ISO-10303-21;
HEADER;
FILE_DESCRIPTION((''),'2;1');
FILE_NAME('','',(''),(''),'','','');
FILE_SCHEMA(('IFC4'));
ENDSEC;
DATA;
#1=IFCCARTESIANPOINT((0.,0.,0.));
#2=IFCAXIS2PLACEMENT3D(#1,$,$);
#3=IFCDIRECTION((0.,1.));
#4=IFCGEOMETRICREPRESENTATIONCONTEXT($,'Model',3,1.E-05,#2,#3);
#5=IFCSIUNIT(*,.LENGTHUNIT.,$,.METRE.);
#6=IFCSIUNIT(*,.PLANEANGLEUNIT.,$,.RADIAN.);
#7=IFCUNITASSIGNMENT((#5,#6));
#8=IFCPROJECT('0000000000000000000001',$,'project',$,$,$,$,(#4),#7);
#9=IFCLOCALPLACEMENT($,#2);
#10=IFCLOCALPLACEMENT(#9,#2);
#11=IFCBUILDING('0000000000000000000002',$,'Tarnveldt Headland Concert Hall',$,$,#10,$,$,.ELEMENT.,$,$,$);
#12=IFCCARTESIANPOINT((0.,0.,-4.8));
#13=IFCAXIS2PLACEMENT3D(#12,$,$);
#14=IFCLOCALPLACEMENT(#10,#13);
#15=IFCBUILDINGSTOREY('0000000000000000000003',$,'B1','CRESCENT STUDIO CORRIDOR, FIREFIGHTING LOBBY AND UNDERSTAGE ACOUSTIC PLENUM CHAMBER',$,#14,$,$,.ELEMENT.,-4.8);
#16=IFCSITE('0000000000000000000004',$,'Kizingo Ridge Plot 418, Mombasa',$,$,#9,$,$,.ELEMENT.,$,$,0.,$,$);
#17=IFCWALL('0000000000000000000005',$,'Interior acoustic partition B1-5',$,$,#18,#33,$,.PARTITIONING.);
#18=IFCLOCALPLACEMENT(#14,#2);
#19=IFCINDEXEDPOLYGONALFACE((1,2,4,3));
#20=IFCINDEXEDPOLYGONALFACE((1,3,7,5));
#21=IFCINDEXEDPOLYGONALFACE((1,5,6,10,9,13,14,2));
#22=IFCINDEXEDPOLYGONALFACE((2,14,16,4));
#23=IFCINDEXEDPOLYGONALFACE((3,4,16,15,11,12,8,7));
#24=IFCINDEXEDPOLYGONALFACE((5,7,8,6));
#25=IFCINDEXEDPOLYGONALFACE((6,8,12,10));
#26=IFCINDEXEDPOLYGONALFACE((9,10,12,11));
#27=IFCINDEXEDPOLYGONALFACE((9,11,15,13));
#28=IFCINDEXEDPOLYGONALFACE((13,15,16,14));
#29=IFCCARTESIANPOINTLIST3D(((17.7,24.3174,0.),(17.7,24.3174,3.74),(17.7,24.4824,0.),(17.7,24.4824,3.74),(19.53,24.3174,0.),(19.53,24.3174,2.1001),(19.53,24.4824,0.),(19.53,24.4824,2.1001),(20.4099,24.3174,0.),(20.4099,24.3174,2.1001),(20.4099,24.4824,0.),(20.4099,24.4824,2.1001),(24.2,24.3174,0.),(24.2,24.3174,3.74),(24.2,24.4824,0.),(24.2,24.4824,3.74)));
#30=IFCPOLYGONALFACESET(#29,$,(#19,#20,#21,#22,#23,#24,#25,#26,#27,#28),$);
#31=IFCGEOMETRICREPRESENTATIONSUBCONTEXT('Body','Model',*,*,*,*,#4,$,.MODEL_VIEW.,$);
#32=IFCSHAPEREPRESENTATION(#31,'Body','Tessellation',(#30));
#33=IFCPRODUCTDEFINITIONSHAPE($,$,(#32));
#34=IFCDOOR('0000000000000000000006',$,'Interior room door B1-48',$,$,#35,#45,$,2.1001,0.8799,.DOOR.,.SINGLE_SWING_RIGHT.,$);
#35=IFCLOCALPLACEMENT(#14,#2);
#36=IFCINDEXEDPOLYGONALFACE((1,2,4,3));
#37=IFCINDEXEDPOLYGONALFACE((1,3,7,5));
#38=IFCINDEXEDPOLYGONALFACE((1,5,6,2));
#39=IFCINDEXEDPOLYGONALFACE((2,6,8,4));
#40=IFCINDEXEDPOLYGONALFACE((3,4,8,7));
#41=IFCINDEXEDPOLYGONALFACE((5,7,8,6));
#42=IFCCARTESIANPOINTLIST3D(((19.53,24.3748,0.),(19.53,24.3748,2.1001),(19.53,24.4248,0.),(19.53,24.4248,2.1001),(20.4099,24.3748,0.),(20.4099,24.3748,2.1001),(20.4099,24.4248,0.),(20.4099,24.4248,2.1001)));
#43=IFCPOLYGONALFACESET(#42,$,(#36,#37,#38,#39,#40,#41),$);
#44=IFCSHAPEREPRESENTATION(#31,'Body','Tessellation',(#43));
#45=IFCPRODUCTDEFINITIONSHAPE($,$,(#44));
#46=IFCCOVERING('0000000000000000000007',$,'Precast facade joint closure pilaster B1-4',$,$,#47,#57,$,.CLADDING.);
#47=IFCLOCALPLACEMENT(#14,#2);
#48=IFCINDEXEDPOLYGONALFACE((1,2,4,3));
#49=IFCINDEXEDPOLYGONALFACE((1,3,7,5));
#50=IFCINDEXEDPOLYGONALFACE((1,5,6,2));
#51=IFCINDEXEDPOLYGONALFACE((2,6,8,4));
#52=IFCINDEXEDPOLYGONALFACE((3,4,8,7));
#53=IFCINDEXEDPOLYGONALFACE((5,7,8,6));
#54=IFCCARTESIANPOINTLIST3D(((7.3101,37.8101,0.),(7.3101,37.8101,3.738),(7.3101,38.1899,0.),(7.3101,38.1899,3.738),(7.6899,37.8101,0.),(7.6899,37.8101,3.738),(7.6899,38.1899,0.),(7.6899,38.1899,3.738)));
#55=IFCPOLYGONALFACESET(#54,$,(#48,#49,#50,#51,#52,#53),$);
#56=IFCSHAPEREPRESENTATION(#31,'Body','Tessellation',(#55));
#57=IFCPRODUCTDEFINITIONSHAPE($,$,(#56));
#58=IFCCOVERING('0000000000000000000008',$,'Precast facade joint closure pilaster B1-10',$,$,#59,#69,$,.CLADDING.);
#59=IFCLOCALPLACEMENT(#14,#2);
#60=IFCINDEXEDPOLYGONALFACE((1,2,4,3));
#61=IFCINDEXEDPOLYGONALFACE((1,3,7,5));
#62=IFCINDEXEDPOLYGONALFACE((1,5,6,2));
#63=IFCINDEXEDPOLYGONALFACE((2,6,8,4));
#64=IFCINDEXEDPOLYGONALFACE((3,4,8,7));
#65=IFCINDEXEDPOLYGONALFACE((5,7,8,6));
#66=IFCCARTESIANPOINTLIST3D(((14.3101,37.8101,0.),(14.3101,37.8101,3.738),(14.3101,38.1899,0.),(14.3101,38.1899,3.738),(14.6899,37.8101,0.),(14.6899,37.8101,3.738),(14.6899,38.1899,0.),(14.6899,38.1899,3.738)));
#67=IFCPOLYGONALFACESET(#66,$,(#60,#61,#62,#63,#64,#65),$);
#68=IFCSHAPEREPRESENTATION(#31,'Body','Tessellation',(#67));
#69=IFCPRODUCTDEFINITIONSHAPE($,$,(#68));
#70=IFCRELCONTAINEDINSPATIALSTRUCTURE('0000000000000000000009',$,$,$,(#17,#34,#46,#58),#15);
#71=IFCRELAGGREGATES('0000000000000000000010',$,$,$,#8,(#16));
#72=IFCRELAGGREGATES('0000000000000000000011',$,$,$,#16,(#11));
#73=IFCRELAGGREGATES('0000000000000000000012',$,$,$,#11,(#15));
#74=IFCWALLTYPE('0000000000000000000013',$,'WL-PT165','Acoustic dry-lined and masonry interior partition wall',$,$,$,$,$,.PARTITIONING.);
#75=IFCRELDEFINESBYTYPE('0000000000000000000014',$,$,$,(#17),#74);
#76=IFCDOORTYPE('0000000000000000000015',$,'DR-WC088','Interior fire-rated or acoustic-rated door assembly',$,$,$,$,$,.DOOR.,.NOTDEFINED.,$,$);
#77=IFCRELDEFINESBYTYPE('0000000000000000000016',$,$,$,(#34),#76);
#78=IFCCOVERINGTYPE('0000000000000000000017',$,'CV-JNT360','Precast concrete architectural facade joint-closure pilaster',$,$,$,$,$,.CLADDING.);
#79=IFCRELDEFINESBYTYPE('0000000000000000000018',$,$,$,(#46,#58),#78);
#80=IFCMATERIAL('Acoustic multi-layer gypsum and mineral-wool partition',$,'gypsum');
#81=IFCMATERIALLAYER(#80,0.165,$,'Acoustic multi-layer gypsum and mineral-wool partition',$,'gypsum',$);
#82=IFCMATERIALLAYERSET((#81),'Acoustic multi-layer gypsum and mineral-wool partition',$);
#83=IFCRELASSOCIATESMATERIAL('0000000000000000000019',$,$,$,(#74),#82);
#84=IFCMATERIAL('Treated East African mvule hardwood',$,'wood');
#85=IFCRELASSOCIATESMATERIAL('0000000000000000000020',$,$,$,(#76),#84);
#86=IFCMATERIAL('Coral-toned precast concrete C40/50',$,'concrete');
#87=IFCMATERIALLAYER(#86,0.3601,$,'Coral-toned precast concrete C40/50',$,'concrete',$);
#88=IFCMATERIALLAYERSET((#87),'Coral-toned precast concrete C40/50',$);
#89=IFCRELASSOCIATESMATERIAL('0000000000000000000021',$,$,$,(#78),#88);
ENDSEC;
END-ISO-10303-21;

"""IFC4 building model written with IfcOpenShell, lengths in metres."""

from ifc_helpers import new_model, si_unit, direction, frame, frame_2d, origin, origin_2d, place, context, subcontext, project, spatial, rectangle, extrude, material, layer, layer_set, type_object, element, fill, save


model = new_model("IFC4")

# Units and contexts
model_context = context("Model", 3, precision=1e-05, world=origin(), true_north=direction((0.0, 1.0)))
body_context = subcontext(model_context, "Body", "Model", "MODEL_VIEW")
ifc_project = project(units=[si_unit("LENGTHUNIT", "METRE"), si_unit("PLANEANGLEUNIT", "RADIAN")], contexts=[model_context])

# Site, building, storey
site_placement = place(None, origin())
site = spatial("IfcSite", under=ifc_project, at=site_placement, Name="Kizingo Ridge Plot 418, Mombasa", CompositionType="ELEMENT", RefElevation=0.0)
building_placement = place(site_placement, origin())
building = spatial("IfcBuilding", under=site, at=building_placement, Name="Tarnveldt Headland Concert Hall", CompositionType="ELEMENT")
storey_placement = place(building_placement, frame((0.0, 0.0, -4.8)))
storey = spatial("IfcBuildingStorey", under=building, at=storey_placement, Name="B1", Description="CRESCENT STUDIO CORRIDOR, FIREFIGHTING LOBBY AND UNDERSTAGE ACOUSTIC PLENUM CHAMBER", CompositionType="ELEMENT", Elevation=-4.8)

# Shared definitions
ifc_material_1 = material(Name="Coral-toned precast concrete C40/50", Category="concrete")
ifc_material_2 = material(Name="Acoustic multi-layer gypsum and mineral-wool partition", Category="gypsum")

# Wall, opening, door
ifc_layer_1 = layer(ifc_material_2, 0.165, Name="Acoustic multi-layer gypsum and mineral-wool partition", Category="gypsum")
ifc_layer_set_1 = layer_set([ifc_layer_1], Name="Acoustic multi-layer gypsum and mineral-wool partition")
wall_type_1 = type_object("IfcWallType", Name="WL-PT165", Description="Acoustic dry-lined and masonry interior partition wall", PredefinedType="PARTITIONING", material=ifc_layer_set_1)
ifc_material_3 = material(Name="Treated East African mvule hardwood", Category="wood")
wall_1_placement = place(storey_placement, frame((17.7, 24.3999, 0.0), z_axis=(0.0, 0.0, 1.0), x_axis=(1.0, 0.0, 0.0)))
wall_1 = element("IfcWall", 1, at=wall_1_placement, inside=storey, type_object=wall_type_1, Name="Interior acoustic partition B1-5", PredefinedType="PARTITIONING", context=body_context, shape_type="SweptSolid", body=[
    extrude(rectangle(XDim=6.5, YDim=0.165, at=frame_2d((3.25, 0.0))), origin(), (0.0, 0.0, 1.0), 3.74),
])
opening_1_placement = place(wall_1_placement, frame((1.8301, 0.0, 0.0)))
opening_1 = element("IfcOpeningElement", 2, at=opening_1_placement, cuts=wall_1, PredefinedType="OPENING", context=body_context, shape_type="SweptSolid", body=[
    extrude(rectangle(XDim=0.8799, YDim=2.1001, at=frame_2d((0.4399, 1.05))), frame((0.0, 0.0925, 0.0), z_axis=(0.0, -1.0, 0.0), x_axis=(1.0, 0.0, 0.0)), (0.0, 0.0, 1.0), 0.1851),
])
door_type_1 = type_object("IfcDoorType", Name="DR-WC088", Description="Interior fire-rated or acoustic-rated door assembly", OperationType="NOTDEFINED", PredefinedType="DOOR", material=ifc_material_3)
door_1_placement = place(opening_1_placement, origin())
door_1 = element("IfcDoor", 3, at=door_1_placement, inside=storey, type_object=door_type_1, Name="Interior room door B1-48", OperationType="SINGLE_SWING_RIGHT", OverallHeight=2.1001, OverallWidth=0.8799, PredefinedType="DOOR", context=body_context, shape_type="SweptSolid", body=[
    extrude(rectangle(XDim=0.8799, YDim=2.1001, at=frame_2d((0.4399, 1.05))), frame((0.0, 0.0249, 0.0), z_axis=(0.0, -1.0, 0.0), x_axis=(1.0, 0.0, 0.0)), (0.0, 0.0, 1.0), 0.05),
])
fill(opening_1, door_1)

# Coverings
ifc_layer_2 = layer(ifc_material_1, 0.3601, Name="Coral-toned precast concrete C40/50", Category="concrete")
ifc_layer_set_2 = layer_set([ifc_layer_2], Name="Coral-toned precast concrete C40/50")
covering_type = type_object("IfcCoveringType", Name="CV-JNT360", Description="Precast concrete architectural facade joint-closure pilaster", PredefinedType="CLADDING", material=ifc_layer_set_2)
for number, where, z_axis, x_axis, name in (
    (4, (7.5, 38.0, 0.0), (0.0, 0.0, 1.0), (1.0, 0.0, 0.0), "Precast facade joint closure pilaster B1-4"),
    (5, (14.5, 38.0, 0.0), (0.0, 0.0, 1.0), (1.0, 0.0, 0.0), "Precast facade joint closure pilaster B1-10"),
):
    element("IfcCovering", number, at=place(storey_placement, frame(where, z_axis=z_axis, x_axis=x_axis)), inside=storey, type_object=covering_type, Name=name, PredefinedType="CLADDING", context=body_context, shape_type="SweptSolid", body=[
        extrude(rectangle(XDim=0.3799, YDim=0.3799, at=origin_2d()), origin(), (0.0, 0.0, 1.0), 3.738),
    ])

save(model, "model.ifc")
